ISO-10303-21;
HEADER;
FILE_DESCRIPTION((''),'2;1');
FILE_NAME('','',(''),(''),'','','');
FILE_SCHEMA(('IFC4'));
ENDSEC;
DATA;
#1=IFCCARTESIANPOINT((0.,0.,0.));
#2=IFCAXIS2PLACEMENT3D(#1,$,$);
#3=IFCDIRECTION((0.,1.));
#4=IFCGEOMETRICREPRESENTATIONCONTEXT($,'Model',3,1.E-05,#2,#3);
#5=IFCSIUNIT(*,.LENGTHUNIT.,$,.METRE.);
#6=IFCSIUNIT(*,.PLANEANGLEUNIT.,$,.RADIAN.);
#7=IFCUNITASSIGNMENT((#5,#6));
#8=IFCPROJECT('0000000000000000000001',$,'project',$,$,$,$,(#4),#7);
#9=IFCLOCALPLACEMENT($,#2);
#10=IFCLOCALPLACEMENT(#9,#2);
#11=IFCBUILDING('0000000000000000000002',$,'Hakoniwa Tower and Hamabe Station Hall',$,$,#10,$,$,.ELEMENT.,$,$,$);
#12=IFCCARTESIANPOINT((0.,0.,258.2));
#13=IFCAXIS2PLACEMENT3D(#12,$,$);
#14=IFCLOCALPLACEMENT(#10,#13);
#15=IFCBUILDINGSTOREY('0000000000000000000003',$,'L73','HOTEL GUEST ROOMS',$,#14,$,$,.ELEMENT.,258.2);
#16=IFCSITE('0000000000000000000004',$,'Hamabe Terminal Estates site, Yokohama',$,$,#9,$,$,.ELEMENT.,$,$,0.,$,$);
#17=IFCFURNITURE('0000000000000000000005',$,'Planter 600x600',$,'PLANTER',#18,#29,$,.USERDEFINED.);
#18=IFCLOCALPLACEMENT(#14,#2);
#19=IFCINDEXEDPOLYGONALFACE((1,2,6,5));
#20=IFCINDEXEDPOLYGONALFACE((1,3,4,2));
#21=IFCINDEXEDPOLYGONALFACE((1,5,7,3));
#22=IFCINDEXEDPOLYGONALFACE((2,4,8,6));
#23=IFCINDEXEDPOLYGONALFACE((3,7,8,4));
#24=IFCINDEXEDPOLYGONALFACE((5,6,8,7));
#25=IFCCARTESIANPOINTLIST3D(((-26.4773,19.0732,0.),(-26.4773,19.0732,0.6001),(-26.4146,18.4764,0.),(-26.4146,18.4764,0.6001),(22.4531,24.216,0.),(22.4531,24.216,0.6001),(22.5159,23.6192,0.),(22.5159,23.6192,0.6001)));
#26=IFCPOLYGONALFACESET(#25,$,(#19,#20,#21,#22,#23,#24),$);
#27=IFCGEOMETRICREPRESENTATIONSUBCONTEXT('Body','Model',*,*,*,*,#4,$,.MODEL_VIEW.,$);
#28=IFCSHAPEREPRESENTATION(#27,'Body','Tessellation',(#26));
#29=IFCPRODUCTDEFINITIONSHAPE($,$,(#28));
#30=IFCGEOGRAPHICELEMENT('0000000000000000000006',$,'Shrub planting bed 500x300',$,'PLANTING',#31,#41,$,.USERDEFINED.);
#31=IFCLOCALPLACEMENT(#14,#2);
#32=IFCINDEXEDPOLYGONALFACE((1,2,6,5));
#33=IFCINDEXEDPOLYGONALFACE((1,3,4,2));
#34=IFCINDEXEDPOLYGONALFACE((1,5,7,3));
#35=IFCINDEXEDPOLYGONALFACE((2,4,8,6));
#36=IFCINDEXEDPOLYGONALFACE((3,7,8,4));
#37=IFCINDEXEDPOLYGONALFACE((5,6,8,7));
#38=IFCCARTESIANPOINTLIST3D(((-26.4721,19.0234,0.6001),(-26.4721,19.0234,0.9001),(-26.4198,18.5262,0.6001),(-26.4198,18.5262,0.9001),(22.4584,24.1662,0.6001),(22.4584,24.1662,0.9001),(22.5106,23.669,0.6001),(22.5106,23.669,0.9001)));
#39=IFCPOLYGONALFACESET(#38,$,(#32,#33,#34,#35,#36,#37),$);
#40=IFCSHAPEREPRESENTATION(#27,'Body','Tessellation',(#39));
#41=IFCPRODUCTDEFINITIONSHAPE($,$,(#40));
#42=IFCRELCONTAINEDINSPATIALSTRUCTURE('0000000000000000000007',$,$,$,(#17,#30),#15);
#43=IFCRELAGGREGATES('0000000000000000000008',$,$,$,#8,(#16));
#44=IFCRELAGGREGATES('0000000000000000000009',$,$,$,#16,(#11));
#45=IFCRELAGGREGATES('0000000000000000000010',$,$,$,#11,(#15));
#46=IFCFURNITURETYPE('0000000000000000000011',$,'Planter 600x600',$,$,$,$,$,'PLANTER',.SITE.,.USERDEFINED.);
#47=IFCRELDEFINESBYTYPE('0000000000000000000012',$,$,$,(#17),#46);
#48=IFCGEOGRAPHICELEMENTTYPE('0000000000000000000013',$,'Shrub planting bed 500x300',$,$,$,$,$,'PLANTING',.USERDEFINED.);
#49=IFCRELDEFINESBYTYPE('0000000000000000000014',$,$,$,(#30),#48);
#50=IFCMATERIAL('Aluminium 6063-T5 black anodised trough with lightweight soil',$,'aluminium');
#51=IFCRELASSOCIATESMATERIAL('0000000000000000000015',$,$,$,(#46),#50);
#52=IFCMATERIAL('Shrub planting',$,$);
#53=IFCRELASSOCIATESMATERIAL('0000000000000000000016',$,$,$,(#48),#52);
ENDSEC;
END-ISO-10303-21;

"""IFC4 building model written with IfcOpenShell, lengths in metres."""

from ifc_helpers import new_model, si_unit, direction, frame, origin, origin_2d, place, context, subcontext, project, spatial, rectangle, extrude, material, type_object, element, save


model = new_model("IFC4")

# Units and contexts
model_context = context("Model", 3, precision=1e-05, world=origin(), true_north=direction((0.0, 1.0)))
body_context = subcontext(model_context, "Body", "Model", "MODEL_VIEW")
ifc_project = project(units=[si_unit("LENGTHUNIT", "METRE"), si_unit("PLANEANGLEUNIT", "RADIAN")], contexts=[model_context])

# Site, building, storey
site_placement = place(None, origin())
site = spatial("IfcSite", under=ifc_project, at=site_placement, Name="Hamabe Terminal Estates site, Yokohama", CompositionType="ELEMENT", RefElevation=0.0)
building_placement = place(site_placement, origin())
building = spatial("IfcBuilding", under=site, at=building_placement, Name="Hakoniwa Tower and Hamabe Station Hall", CompositionType="ELEMENT")
storey_placement = place(building_placement, frame((0.0, 0.0, 258.2)))
storey = spatial("IfcBuildingStorey", under=building, at=storey_placement, Name="L73", Description="HOTEL GUEST ROOMS", CompositionType="ELEMENT", Elevation=258.2)

# Furniture
ifc_material_1 = material(Name="Aluminium 6063-T5 black anodised trough with lightweight soil", Category="aluminium")
furniture_type = type_object("IfcFurnitureType", Name="Planter 600x600", ElementType="PLANTER", AssemblyPlace="SITE", PredefinedType="USERDEFINED", material=ifc_material_1)
furniture_placement = place(storey_placement, frame((-1.9807, 21.3462, 0.0), z_axis=(0.0, 0.0, 1.0), x_axis=(0.994522, 0.104528, 0.0)))
element("IfcFurniture", 1, at=furniture_placement, inside=storey, type_object=furniture_type, Name="Planter 600x600", ObjectType="PLANTER", PredefinedType="USERDEFINED", context=body_context, shape_type="SweptSolid", body=[
    extrude(rectangle(XDim=49.2, YDim=0.6001, at=origin_2d()), origin(), (0.0, 0.0, 1.0), 0.6001),
])

# Geographic element
ifc_material_2 = material(Name="Shrub planting")
geographic_element_type = type_object("IfcGeographicElementType", Name="Shrub planting bed 500x300", ElementType="PLANTING", PredefinedType="USERDEFINED", material=ifc_material_2)
geographic_element_placement = place(storey_placement, frame((-1.9807, 21.3462, 0.6001), z_axis=(0.0, 0.0, 1.0), x_axis=(0.994522, 0.104528, 0.0)))
element("IfcGeographicElement", 2, at=geographic_element_placement, inside=storey, type_object=geographic_element_type, Name="Shrub planting bed 500x300", ObjectType="PLANTING", PredefinedType="USERDEFINED", context=body_context, shape_type="SweptSolid", body=[
    extrude(rectangle(XDim=49.2, YDim=0.5, at=origin_2d()), origin(), (0.0, 0.0, 1.0), 0.3),
])

save(model, "model.ifc")
